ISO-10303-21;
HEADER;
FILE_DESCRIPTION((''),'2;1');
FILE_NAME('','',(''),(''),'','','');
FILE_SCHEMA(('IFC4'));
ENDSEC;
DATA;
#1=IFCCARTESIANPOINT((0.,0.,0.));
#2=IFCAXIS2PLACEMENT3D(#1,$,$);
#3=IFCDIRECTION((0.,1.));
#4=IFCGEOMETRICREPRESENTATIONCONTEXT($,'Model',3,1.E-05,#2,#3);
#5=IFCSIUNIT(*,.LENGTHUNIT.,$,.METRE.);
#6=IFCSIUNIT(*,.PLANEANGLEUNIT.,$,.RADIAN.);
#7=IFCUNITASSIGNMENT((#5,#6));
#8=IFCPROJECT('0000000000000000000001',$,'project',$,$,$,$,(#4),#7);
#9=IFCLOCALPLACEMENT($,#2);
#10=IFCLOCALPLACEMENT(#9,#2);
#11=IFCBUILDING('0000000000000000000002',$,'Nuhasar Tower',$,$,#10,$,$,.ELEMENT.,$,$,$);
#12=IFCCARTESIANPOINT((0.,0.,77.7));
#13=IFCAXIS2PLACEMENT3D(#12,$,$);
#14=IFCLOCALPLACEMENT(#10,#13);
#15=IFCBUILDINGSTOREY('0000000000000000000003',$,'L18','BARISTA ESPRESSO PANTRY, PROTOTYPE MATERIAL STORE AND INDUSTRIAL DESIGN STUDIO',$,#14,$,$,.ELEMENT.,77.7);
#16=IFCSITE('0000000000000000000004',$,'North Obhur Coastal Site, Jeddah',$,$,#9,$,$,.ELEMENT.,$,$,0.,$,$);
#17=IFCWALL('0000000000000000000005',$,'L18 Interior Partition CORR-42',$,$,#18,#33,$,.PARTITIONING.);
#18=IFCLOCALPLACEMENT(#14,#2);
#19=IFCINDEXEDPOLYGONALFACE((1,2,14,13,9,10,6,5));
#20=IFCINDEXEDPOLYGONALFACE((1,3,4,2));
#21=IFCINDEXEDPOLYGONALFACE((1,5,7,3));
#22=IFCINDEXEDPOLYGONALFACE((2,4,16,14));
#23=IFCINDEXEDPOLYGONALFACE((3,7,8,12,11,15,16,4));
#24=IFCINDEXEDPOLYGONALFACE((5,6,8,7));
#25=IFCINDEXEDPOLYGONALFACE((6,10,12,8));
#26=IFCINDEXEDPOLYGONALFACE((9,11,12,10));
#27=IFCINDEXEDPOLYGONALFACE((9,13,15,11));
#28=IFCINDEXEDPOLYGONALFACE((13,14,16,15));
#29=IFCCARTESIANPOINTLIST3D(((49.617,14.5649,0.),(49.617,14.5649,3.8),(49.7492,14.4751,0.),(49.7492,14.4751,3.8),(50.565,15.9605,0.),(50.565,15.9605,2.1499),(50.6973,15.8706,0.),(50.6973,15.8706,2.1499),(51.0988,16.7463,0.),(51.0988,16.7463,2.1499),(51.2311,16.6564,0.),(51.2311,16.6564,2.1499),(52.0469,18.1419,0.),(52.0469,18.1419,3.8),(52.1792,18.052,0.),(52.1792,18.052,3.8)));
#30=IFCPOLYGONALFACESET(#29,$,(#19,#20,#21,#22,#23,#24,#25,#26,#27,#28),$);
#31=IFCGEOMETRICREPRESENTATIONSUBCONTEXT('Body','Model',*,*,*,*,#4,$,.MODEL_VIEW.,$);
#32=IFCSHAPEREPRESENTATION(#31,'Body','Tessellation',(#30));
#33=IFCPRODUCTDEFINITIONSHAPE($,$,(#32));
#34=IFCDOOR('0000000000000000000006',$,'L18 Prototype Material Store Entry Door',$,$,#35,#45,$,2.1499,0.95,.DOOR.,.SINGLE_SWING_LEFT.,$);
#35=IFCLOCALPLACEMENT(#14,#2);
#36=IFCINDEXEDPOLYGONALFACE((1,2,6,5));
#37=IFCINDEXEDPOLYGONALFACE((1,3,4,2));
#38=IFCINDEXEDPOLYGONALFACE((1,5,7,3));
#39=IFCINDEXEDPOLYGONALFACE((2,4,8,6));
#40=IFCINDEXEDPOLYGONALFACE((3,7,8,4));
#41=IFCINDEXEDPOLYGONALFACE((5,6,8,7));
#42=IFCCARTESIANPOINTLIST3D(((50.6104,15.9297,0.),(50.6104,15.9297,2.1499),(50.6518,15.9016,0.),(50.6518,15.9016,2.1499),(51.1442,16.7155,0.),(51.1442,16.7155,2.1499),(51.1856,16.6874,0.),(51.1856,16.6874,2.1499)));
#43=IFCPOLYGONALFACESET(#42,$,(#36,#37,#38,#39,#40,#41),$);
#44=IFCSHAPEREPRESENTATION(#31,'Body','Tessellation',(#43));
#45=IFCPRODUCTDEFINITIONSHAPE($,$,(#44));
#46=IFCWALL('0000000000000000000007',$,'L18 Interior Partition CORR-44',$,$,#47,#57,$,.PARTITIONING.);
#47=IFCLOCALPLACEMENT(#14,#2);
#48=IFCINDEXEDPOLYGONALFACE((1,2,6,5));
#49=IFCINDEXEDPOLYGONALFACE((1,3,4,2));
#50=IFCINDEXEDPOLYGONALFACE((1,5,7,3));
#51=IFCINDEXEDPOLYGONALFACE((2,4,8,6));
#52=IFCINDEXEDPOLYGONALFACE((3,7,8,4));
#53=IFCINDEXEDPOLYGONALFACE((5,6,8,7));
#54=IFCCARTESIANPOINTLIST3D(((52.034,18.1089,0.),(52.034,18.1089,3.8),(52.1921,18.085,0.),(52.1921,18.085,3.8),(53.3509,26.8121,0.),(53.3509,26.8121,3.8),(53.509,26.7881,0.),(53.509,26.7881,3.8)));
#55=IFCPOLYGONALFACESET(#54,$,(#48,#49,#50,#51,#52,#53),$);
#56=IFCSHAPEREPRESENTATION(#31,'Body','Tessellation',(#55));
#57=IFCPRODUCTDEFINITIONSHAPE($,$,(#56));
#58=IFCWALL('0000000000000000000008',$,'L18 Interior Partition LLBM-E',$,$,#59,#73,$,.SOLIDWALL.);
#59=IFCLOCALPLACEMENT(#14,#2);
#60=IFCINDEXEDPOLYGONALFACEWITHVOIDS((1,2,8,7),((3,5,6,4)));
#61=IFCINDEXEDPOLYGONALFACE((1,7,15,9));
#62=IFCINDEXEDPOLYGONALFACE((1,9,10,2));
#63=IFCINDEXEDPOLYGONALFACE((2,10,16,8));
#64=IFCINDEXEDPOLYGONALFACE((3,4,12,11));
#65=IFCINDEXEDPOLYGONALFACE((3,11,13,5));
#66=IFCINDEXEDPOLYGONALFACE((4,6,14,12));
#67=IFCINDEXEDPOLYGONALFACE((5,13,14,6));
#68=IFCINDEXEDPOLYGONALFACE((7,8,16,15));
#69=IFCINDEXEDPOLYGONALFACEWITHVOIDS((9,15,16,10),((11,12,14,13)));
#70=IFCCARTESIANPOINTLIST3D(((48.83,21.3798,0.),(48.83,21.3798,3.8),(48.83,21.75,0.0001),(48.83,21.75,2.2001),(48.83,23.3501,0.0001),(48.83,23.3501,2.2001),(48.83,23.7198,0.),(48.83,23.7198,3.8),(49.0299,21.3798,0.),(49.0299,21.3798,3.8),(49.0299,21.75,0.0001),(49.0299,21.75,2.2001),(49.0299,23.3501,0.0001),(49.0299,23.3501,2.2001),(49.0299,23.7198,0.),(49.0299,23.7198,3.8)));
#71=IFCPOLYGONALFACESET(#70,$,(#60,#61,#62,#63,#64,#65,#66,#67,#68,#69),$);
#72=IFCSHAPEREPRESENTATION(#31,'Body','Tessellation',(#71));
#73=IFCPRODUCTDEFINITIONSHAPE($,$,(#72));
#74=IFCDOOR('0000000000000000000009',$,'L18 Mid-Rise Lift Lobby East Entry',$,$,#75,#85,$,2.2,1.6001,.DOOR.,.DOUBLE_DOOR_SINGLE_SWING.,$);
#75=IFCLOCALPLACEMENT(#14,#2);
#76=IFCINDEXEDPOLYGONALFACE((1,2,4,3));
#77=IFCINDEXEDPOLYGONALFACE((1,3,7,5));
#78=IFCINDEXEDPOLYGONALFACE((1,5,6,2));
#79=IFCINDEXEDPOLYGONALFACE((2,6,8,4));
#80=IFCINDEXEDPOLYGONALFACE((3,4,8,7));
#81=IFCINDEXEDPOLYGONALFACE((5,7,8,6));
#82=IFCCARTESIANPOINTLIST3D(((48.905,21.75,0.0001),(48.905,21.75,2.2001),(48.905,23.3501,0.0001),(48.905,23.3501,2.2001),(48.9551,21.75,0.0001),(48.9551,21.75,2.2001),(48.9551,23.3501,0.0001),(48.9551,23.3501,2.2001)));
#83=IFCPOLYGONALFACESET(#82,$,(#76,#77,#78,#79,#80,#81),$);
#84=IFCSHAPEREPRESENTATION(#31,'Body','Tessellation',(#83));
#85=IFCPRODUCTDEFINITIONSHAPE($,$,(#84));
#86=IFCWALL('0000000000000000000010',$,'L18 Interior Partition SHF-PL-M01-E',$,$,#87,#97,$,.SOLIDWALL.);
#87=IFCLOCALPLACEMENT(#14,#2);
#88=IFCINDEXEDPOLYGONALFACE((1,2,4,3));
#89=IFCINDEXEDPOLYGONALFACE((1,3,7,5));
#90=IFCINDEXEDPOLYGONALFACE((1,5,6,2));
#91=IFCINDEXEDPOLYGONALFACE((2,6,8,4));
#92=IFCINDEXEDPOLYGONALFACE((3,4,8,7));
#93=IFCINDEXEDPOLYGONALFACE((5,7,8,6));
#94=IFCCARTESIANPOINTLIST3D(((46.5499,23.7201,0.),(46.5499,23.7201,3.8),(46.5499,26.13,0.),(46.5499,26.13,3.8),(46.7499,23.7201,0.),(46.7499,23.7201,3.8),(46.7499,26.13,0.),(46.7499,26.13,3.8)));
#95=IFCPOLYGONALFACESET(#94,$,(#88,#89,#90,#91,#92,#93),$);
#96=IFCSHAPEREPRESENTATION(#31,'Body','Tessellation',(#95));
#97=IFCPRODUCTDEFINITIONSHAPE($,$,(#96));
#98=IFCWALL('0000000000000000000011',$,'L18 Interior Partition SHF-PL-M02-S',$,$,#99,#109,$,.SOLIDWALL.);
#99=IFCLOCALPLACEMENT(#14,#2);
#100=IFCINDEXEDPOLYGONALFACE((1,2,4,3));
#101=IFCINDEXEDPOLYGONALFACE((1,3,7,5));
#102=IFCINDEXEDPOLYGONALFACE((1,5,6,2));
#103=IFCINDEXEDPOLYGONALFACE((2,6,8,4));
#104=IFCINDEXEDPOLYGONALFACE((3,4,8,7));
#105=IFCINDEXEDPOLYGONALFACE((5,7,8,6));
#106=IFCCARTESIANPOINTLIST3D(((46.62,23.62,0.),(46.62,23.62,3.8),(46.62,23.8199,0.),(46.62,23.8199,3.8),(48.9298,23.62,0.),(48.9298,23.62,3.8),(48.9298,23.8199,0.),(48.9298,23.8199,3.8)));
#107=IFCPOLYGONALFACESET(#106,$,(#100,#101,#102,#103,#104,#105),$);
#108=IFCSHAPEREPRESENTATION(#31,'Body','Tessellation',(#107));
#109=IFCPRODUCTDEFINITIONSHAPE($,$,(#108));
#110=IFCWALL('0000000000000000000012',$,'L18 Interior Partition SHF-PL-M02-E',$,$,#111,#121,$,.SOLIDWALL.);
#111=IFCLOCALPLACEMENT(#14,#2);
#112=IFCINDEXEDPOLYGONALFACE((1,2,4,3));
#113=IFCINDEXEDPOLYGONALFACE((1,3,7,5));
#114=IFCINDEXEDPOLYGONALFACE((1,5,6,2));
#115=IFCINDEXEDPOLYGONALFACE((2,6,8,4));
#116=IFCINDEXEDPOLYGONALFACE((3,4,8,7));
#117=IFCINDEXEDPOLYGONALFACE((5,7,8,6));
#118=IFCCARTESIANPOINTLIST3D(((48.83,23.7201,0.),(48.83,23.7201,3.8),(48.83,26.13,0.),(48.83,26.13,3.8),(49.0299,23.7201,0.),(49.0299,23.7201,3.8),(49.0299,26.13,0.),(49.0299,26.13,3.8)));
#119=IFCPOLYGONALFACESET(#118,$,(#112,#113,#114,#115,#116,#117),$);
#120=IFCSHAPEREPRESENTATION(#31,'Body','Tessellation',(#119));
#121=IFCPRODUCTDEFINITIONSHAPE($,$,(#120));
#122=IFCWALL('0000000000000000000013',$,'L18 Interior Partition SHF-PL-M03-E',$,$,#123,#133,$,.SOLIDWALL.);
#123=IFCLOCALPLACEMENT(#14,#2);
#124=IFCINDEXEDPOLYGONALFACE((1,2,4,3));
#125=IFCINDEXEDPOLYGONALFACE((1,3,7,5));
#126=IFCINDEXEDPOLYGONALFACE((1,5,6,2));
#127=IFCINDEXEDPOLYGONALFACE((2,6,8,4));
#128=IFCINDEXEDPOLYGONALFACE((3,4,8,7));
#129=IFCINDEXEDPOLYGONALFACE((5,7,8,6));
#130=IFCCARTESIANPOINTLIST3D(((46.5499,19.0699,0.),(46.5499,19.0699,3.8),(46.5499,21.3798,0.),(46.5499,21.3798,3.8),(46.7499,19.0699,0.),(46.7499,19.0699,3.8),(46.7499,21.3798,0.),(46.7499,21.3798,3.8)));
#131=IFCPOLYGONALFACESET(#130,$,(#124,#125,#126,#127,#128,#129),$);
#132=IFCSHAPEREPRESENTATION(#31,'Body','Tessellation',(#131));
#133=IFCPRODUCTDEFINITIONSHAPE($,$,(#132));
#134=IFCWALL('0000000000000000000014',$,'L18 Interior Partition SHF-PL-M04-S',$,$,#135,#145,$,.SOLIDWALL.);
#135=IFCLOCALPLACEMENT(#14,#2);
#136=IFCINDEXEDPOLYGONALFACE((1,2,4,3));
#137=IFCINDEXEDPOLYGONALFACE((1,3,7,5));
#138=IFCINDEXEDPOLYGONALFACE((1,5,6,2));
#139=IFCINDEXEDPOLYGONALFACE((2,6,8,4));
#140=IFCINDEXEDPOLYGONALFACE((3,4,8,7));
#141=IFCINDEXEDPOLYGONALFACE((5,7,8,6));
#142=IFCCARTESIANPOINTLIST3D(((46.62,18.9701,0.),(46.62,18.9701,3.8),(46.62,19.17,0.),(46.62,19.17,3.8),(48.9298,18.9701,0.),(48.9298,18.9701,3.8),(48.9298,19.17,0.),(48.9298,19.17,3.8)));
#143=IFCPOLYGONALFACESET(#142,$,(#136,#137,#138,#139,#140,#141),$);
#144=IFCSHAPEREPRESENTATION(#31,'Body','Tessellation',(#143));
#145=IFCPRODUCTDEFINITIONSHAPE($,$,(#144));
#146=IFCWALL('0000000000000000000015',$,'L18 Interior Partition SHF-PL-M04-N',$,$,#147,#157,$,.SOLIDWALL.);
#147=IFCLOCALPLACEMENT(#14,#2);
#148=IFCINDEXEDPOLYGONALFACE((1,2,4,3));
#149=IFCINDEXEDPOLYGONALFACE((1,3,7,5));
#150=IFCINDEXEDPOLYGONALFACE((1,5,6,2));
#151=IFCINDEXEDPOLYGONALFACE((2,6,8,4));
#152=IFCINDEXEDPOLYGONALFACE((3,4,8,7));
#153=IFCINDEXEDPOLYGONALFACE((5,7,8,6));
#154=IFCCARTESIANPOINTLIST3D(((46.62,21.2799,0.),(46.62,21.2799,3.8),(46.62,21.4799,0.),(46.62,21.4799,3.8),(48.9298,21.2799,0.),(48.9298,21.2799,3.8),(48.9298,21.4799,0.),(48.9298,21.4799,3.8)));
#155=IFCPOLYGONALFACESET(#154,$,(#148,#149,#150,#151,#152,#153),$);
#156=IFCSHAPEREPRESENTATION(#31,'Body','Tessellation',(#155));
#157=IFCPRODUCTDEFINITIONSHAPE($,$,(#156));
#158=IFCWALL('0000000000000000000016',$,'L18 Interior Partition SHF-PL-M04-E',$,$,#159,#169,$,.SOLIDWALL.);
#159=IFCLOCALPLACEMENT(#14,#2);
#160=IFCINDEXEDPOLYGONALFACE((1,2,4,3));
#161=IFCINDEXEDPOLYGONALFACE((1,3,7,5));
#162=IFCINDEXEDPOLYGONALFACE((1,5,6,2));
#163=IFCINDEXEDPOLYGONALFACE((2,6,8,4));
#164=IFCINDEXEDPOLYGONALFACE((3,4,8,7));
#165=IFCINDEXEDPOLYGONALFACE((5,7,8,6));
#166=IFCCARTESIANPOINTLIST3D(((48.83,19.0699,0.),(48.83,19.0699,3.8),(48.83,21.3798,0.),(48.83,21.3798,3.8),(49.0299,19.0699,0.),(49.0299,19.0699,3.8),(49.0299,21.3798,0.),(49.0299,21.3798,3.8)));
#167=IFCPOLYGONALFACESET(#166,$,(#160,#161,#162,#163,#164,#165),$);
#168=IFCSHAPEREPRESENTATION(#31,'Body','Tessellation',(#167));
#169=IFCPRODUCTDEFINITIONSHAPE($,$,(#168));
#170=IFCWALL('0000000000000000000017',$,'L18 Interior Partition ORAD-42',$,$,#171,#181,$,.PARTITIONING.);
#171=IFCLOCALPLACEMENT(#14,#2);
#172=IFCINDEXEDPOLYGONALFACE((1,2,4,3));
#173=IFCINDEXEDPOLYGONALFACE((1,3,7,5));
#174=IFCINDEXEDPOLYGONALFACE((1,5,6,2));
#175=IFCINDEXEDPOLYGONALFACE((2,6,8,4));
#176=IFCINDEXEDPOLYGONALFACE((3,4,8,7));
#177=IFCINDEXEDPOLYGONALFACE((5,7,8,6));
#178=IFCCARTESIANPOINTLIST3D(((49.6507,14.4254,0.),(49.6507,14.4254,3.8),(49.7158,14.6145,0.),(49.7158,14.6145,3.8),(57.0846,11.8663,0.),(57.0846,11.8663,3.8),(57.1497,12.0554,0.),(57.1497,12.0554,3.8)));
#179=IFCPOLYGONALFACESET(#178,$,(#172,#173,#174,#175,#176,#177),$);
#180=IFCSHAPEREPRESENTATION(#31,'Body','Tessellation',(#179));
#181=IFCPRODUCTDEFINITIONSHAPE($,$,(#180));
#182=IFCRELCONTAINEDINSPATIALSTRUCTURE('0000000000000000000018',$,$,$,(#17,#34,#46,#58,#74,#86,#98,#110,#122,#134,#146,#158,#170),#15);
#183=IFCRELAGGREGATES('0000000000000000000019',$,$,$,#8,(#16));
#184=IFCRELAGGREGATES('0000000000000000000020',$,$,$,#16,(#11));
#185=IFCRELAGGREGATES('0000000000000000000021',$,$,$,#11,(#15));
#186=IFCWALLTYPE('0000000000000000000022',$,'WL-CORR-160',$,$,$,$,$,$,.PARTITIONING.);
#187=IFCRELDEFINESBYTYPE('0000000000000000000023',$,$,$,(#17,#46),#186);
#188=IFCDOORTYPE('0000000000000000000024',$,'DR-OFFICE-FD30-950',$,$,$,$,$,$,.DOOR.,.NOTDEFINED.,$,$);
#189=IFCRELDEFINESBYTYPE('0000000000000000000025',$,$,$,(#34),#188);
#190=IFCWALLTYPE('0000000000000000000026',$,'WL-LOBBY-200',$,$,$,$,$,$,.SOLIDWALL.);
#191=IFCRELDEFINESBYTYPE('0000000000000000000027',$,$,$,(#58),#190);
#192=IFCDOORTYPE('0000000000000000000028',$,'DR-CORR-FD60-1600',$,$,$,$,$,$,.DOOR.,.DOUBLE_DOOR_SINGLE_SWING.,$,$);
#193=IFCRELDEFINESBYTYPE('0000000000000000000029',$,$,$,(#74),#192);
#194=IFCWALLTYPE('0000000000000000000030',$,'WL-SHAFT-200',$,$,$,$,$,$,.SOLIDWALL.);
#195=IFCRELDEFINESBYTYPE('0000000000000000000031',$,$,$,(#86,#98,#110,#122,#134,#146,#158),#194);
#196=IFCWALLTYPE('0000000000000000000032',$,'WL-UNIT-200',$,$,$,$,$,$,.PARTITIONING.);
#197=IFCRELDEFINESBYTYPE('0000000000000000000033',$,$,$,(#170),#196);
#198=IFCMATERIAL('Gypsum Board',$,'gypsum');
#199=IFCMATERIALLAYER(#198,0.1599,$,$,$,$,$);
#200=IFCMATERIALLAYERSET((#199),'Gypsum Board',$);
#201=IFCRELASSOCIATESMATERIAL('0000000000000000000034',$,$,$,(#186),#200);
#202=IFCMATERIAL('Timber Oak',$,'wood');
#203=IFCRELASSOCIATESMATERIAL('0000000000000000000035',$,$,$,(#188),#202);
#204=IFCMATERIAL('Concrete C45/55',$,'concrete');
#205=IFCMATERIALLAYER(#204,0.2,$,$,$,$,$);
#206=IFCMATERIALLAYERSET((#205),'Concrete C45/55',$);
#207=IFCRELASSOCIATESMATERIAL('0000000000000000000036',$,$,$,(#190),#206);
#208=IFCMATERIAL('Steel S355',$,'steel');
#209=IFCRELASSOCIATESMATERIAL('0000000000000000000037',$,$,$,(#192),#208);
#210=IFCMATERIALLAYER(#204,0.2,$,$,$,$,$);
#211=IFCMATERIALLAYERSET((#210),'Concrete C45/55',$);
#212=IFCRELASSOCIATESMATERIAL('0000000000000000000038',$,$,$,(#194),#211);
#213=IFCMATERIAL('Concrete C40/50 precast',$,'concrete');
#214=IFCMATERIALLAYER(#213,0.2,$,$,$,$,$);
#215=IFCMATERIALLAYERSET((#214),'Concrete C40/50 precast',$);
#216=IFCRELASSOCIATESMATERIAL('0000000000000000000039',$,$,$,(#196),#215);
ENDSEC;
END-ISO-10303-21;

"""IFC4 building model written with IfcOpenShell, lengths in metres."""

from ifc_helpers import new_model, si_unit, direction, frame, frame_2d, origin, place, context, subcontext, project, spatial, rectangle, extrude, material, layer, layer_set, type_object, element, fill, save


model = new_model("IFC4")

# Units and contexts
model_context = context("Model", 3, precision=1e-05, world=origin(), true_north=direction((0.0, 1.0)))
body_context = subcontext(model_context, "Body", "Model", "MODEL_VIEW")
ifc_project = project(units=[si_unit("LENGTHUNIT", "METRE"), si_unit("PLANEANGLEUNIT", "RADIAN")], contexts=[model_context])

# Site, building, storey
site_placement = place(None, origin())
site = spatial("IfcSite", under=ifc_project, at=site_placement, Name="North Obhur Coastal Site, Jeddah", CompositionType="ELEMENT", RefElevation=0.0)
building_placement = place(site_placement, origin())
building = spatial("IfcBuilding", under=site, at=building_placement, Name="Nuhasar Tower", CompositionType="ELEMENT")
storey_placement = place(building_placement, frame((0.0, 0.0, 77.7)))
storey = spatial("IfcBuildingStorey", under=building, at=storey_placement, Name="L18", Description="BARISTA ESPRESSO PANTRY, PROTOTYPE MATERIAL STORE AND INDUSTRIAL DESIGN STUDIO", CompositionType="ELEMENT", Elevation=77.7)

# Shared definitions
ifc_material_1 = material(Name="Steel S355", Category="steel")

# Wall, opening, door
ifc_material_2 = material(Name="Gypsum Board", Category="gypsum")
ifc_layer_1 = layer(ifc_material_2, 0.1599)
ifc_layer_set_1 = layer_set([ifc_layer_1], Name="Gypsum Board")
wall_type_1 = type_object("IfcWallType", Name="WL-CORR-160", PredefinedType="PARTITIONING", material=ifc_layer_set_1)
wall_1_placement = place(storey_placement, frame((52.113, 18.0969, 0.0), z_axis=(0.0, 0.0, 1.0), x_axis=(-0.561936, -0.827181, 0.0)))
wall_1 = element("IfcWall", 1, at=wall_1_placement, inside=storey, type_object=wall_type_1, Name="L18 Interior Partition CORR-42", PredefinedType="PARTITIONING", context=body_context, shape_type="SweptSolid", body=[
    extrude(rectangle(XDim=4.3242, YDim=0.1599, at=frame_2d((2.1621, 0.0))), origin(), (0.0, 0.0, 1.0), 3.8),
])
opening_1_placement = place(wall_1_placement, frame((1.687, 0.0, 0.0)))
opening_1 = element("IfcOpeningElement", 2, at=opening_1_placement, cuts=wall_1, PredefinedType="OPENING", context=body_context, shape_type="SweptSolid", body=[
    extrude(rectangle(XDim=0.95, YDim=2.1499, at=frame_2d((0.4751, 1.075))), frame((0.0, 0.0898, 0.0), z_axis=(0.0, -1.0, 0.0), x_axis=(1.0, 0.0, 0.0)), (0.0, 0.0, 1.0), 0.1799),
])
ifc_material_3 = material(Name="Timber Oak", Category="wood")
door_type_1 = type_object("IfcDoorType", Name="DR-OFFICE-FD30-950", OperationType="NOTDEFINED", PredefinedType="DOOR", material=ifc_material_3)
door_1_placement = place(opening_1_placement, origin())
door_1 = element("IfcDoor", 3, at=door_1_placement, inside=storey, type_object=door_type_1, Name="L18 Prototype Material Store Entry Door", OperationType="SINGLE_SWING_LEFT", OverallHeight=2.1499, OverallWidth=0.95, PredefinedType="DOOR", context=body_context, shape_type="SweptSolid", body=[
    extrude(rectangle(XDim=0.95, YDim=2.1499, at=frame_2d((0.4751, 1.075))), frame((0.0, 0.0249, 0.0), z_axis=(0.0, -1.0, 0.0), x_axis=(1.0, 0.0, 0.0)), (0.0, 0.0, 1.0), 0.05),
])
fill(opening_1, door_1)

# Wall
wall_2_placement = place(storey_placement, frame((52.113, 18.0969, 0.0), z_axis=(0.0, 0.0, 1.0), x_axis=(0.14961, 0.988745, 0.0)))
element("IfcWall", 4, at=wall_2_placement, inside=storey, type_object=wall_type_1, Name="L18 Interior Partition CORR-44", PredefinedType="PARTITIONING", context=body_context, shape_type="SweptSolid", body=[
    extrude(rectangle(XDim=8.8022, YDim=0.1599, at=frame_2d((4.4011, 0.0))), origin(), (0.0, 0.0, 1.0), 3.8),
])

# Wall, opening, door
ifc_material_4 = material(Name="Concrete C45/55", Category="concrete")
ifc_layer_2 = layer(ifc_material_4, 0.2)
ifc_layer_set_2 = layer_set([ifc_layer_2], Name="Concrete C45/55")
wall_type_2 = type_object("IfcWallType", Name="WL-LOBBY-200", PredefinedType="SOLIDWALL", material=ifc_layer_set_2)
wall_3_placement = place(storey_placement, frame((48.9299, 21.3799, 0.0), z_axis=(0.0, 0.0, 1.0), x_axis=(0.0, 1.0, 0.0)))
wall_3 = element("IfcWall", 5, at=wall_3_placement, inside=storey, type_object=wall_type_2, Name="L18 Interior Partition LLBM-E", PredefinedType="SOLIDWALL", context=body_context, shape_type="SweptSolid", body=[
    extrude(rectangle(XDim=2.3401, YDim=0.2, at=frame_2d((1.1699, 0.0))), origin(), (0.0, 0.0, 1.0), 3.8),
])
opening_2_placement = place(wall_3_placement, frame((0.3701, 0.0, 0.0)))
opening_2 = element("IfcOpeningElement", 6, at=opening_2_placement, cuts=wall_3, PredefinedType="OPENING", context=body_context, shape_type="SweptSolid", body=[
    extrude(rectangle(XDim=1.6001, YDim=2.2, at=frame_2d((0.8, 1.1001))), frame((0.0, 0.1099, 0.0), z_axis=(0.0, -1.0, 0.0), x_axis=(1.0, 0.0, 0.0)), (0.0, 0.0, 1.0), 0.22),
])
door_type_2 = type_object("IfcDoorType", Name="DR-CORR-FD60-1600", OperationType="DOUBLE_DOOR_SINGLE_SWING", PredefinedType="DOOR", material=ifc_material_1)
door_2_placement = place(opening_2_placement, origin())
door_2 = element("IfcDoor", 7, at=door_2_placement, inside=storey, type_object=door_type_2, Name="L18 Mid-Rise Lift Lobby East Entry", OperationType="DOUBLE_DOOR_SINGLE_SWING", OverallHeight=2.2, OverallWidth=1.6001, PredefinedType="DOOR", context=body_context, shape_type="SweptSolid", body=[
    extrude(rectangle(XDim=1.6001, YDim=2.2, at=frame_2d((0.8, 1.1001))), frame((0.0, 0.0249, 0.0), z_axis=(0.0, -1.0, 0.0), x_axis=(1.0, 0.0, 0.0)), (0.0, 0.0, 1.0), 0.05),
])
fill(opening_2, door_2)

# Walls
ifc_layer_3 = layer(ifc_material_4, 0.2)
ifc_layer_set_3 = layer_set([ifc_layer_3], Name="Concrete C45/55")
wall_type_3 = type_object("IfcWallType", Name="WL-SHAFT-200", PredefinedType="SOLIDWALL", material=ifc_layer_set_3)
wall_4_placement = place(storey_placement, frame((46.6499, 23.72, 0.0), z_axis=(0.0, 0.0, 1.0), x_axis=(0.0, 1.0, 0.0)))
element("IfcWall", 8, at=wall_4_placement, inside=storey, type_object=wall_type_3, Name="L18 Interior Partition SHF-PL-M01-E", PredefinedType="SOLIDWALL", context=body_context, shape_type="SweptSolid", body=[
    extrude(rectangle(XDim=2.4099, YDim=0.2, at=frame_2d((1.2051, 0.0))), origin(), (0.0, 0.0, 1.0), 3.8),
])
wall_5_placement = place(storey_placement, frame((46.6201, 23.72, 0.0), z_axis=(0.0, 0.0, 1.0), x_axis=(1.0, 0.0, 0.0)))
element("IfcWall", 9, at=wall_5_placement, inside=storey, type_object=wall_type_3, Name="L18 Interior Partition SHF-PL-M02-S", PredefinedType="SOLIDWALL", context=body_context, shape_type="SweptSolid", body=[
    extrude(rectangle(XDim=2.3098, YDim=0.2, at=frame_2d((1.1548, 0.0))), origin(), (0.0, 0.0, 1.0), 3.8),
])
wall_6_placement = place(storey_placement, frame((48.9299, 23.72, 0.0), z_axis=(0.0, 0.0, 1.0), x_axis=(0.0, 1.0, 0.0)))
element("IfcWall", 10, at=wall_6_placement, inside=storey, type_object=wall_type_3, Name="L18 Interior Partition SHF-PL-M02-E", PredefinedType="SOLIDWALL", context=body_context, shape_type="SweptSolid", body=[
    extrude(rectangle(XDim=2.4099, YDim=0.2, at=frame_2d((1.2051, 0.0))), origin(), (0.0, 0.0, 1.0), 3.8),
])
for number, where, z_axis, x_axis, name in (
    (11, (46.6499, 19.0701, 0.0), (0.0, 0.0, 1.0), (0.0, 1.0, 0.0), "L18 Interior Partition SHF-PL-M03-E"),
    (12, (46.6201, 19.0701, 0.0), (0.0, 0.0, 1.0), (1.0, 0.0, 0.0), "L18 Interior Partition SHF-PL-M04-S"),
    (13, (46.6201, 21.3799, 0.0), (0.0, 0.0, 1.0), (1.0, 0.0, 0.0), "L18 Interior Partition SHF-PL-M04-N"),
    (14, (48.9299, 19.0701, 0.0), (0.0, 0.0, 1.0), (0.0, 1.0, 0.0), "L18 Interior Partition SHF-PL-M04-E"),
):
    element("IfcWall", number, at=place(storey_placement, frame(where, z_axis=z_axis, x_axis=x_axis)), inside=storey, type_object=wall_type_3, Name=name, PredefinedType="SOLIDWALL", context=body_context, shape_type="SweptSolid", body=[
        extrude(rectangle(XDim=2.3098, YDim=0.2, at=frame_2d((1.1548, 0.0))), origin(), (0.0, 0.0, 1.0), 3.8),
    ])
ifc_material_5 = material(Name="Concrete C40/50 precast", Category="concrete")
ifc_layer_4 = layer(ifc_material_5, 0.2)
ifc_layer_set_4 = layer_set([ifc_layer_4], Name="Concrete C40/50 precast")
wall_type_4 = type_object("IfcWallType", Name="WL-UNIT-200", PredefinedType="PARTITIONING", material=ifc_layer_set_4)
wall_7_placement = place(storey_placement, frame((49.6831, 14.52, 0.0), z_axis=(0.0, 0.0, 1.0), x_axis=(0.945542, -0.325501, 0.0)))
element("IfcWall", 15, at=wall_7_placement, inside=storey, type_object=wall_type_4, Name="L18 Interior Partition ORAD-42", PredefinedType="PARTITIONING", context=body_context, shape_type="SweptSolid", body=[
    extrude(rectangle(XDim=7.8621, YDim=0.2, at=frame_2d((3.9312, 0.0))), origin(), (0.0, 0.0, 1.0), 3.8),
])

save(model, "model.ifc")
